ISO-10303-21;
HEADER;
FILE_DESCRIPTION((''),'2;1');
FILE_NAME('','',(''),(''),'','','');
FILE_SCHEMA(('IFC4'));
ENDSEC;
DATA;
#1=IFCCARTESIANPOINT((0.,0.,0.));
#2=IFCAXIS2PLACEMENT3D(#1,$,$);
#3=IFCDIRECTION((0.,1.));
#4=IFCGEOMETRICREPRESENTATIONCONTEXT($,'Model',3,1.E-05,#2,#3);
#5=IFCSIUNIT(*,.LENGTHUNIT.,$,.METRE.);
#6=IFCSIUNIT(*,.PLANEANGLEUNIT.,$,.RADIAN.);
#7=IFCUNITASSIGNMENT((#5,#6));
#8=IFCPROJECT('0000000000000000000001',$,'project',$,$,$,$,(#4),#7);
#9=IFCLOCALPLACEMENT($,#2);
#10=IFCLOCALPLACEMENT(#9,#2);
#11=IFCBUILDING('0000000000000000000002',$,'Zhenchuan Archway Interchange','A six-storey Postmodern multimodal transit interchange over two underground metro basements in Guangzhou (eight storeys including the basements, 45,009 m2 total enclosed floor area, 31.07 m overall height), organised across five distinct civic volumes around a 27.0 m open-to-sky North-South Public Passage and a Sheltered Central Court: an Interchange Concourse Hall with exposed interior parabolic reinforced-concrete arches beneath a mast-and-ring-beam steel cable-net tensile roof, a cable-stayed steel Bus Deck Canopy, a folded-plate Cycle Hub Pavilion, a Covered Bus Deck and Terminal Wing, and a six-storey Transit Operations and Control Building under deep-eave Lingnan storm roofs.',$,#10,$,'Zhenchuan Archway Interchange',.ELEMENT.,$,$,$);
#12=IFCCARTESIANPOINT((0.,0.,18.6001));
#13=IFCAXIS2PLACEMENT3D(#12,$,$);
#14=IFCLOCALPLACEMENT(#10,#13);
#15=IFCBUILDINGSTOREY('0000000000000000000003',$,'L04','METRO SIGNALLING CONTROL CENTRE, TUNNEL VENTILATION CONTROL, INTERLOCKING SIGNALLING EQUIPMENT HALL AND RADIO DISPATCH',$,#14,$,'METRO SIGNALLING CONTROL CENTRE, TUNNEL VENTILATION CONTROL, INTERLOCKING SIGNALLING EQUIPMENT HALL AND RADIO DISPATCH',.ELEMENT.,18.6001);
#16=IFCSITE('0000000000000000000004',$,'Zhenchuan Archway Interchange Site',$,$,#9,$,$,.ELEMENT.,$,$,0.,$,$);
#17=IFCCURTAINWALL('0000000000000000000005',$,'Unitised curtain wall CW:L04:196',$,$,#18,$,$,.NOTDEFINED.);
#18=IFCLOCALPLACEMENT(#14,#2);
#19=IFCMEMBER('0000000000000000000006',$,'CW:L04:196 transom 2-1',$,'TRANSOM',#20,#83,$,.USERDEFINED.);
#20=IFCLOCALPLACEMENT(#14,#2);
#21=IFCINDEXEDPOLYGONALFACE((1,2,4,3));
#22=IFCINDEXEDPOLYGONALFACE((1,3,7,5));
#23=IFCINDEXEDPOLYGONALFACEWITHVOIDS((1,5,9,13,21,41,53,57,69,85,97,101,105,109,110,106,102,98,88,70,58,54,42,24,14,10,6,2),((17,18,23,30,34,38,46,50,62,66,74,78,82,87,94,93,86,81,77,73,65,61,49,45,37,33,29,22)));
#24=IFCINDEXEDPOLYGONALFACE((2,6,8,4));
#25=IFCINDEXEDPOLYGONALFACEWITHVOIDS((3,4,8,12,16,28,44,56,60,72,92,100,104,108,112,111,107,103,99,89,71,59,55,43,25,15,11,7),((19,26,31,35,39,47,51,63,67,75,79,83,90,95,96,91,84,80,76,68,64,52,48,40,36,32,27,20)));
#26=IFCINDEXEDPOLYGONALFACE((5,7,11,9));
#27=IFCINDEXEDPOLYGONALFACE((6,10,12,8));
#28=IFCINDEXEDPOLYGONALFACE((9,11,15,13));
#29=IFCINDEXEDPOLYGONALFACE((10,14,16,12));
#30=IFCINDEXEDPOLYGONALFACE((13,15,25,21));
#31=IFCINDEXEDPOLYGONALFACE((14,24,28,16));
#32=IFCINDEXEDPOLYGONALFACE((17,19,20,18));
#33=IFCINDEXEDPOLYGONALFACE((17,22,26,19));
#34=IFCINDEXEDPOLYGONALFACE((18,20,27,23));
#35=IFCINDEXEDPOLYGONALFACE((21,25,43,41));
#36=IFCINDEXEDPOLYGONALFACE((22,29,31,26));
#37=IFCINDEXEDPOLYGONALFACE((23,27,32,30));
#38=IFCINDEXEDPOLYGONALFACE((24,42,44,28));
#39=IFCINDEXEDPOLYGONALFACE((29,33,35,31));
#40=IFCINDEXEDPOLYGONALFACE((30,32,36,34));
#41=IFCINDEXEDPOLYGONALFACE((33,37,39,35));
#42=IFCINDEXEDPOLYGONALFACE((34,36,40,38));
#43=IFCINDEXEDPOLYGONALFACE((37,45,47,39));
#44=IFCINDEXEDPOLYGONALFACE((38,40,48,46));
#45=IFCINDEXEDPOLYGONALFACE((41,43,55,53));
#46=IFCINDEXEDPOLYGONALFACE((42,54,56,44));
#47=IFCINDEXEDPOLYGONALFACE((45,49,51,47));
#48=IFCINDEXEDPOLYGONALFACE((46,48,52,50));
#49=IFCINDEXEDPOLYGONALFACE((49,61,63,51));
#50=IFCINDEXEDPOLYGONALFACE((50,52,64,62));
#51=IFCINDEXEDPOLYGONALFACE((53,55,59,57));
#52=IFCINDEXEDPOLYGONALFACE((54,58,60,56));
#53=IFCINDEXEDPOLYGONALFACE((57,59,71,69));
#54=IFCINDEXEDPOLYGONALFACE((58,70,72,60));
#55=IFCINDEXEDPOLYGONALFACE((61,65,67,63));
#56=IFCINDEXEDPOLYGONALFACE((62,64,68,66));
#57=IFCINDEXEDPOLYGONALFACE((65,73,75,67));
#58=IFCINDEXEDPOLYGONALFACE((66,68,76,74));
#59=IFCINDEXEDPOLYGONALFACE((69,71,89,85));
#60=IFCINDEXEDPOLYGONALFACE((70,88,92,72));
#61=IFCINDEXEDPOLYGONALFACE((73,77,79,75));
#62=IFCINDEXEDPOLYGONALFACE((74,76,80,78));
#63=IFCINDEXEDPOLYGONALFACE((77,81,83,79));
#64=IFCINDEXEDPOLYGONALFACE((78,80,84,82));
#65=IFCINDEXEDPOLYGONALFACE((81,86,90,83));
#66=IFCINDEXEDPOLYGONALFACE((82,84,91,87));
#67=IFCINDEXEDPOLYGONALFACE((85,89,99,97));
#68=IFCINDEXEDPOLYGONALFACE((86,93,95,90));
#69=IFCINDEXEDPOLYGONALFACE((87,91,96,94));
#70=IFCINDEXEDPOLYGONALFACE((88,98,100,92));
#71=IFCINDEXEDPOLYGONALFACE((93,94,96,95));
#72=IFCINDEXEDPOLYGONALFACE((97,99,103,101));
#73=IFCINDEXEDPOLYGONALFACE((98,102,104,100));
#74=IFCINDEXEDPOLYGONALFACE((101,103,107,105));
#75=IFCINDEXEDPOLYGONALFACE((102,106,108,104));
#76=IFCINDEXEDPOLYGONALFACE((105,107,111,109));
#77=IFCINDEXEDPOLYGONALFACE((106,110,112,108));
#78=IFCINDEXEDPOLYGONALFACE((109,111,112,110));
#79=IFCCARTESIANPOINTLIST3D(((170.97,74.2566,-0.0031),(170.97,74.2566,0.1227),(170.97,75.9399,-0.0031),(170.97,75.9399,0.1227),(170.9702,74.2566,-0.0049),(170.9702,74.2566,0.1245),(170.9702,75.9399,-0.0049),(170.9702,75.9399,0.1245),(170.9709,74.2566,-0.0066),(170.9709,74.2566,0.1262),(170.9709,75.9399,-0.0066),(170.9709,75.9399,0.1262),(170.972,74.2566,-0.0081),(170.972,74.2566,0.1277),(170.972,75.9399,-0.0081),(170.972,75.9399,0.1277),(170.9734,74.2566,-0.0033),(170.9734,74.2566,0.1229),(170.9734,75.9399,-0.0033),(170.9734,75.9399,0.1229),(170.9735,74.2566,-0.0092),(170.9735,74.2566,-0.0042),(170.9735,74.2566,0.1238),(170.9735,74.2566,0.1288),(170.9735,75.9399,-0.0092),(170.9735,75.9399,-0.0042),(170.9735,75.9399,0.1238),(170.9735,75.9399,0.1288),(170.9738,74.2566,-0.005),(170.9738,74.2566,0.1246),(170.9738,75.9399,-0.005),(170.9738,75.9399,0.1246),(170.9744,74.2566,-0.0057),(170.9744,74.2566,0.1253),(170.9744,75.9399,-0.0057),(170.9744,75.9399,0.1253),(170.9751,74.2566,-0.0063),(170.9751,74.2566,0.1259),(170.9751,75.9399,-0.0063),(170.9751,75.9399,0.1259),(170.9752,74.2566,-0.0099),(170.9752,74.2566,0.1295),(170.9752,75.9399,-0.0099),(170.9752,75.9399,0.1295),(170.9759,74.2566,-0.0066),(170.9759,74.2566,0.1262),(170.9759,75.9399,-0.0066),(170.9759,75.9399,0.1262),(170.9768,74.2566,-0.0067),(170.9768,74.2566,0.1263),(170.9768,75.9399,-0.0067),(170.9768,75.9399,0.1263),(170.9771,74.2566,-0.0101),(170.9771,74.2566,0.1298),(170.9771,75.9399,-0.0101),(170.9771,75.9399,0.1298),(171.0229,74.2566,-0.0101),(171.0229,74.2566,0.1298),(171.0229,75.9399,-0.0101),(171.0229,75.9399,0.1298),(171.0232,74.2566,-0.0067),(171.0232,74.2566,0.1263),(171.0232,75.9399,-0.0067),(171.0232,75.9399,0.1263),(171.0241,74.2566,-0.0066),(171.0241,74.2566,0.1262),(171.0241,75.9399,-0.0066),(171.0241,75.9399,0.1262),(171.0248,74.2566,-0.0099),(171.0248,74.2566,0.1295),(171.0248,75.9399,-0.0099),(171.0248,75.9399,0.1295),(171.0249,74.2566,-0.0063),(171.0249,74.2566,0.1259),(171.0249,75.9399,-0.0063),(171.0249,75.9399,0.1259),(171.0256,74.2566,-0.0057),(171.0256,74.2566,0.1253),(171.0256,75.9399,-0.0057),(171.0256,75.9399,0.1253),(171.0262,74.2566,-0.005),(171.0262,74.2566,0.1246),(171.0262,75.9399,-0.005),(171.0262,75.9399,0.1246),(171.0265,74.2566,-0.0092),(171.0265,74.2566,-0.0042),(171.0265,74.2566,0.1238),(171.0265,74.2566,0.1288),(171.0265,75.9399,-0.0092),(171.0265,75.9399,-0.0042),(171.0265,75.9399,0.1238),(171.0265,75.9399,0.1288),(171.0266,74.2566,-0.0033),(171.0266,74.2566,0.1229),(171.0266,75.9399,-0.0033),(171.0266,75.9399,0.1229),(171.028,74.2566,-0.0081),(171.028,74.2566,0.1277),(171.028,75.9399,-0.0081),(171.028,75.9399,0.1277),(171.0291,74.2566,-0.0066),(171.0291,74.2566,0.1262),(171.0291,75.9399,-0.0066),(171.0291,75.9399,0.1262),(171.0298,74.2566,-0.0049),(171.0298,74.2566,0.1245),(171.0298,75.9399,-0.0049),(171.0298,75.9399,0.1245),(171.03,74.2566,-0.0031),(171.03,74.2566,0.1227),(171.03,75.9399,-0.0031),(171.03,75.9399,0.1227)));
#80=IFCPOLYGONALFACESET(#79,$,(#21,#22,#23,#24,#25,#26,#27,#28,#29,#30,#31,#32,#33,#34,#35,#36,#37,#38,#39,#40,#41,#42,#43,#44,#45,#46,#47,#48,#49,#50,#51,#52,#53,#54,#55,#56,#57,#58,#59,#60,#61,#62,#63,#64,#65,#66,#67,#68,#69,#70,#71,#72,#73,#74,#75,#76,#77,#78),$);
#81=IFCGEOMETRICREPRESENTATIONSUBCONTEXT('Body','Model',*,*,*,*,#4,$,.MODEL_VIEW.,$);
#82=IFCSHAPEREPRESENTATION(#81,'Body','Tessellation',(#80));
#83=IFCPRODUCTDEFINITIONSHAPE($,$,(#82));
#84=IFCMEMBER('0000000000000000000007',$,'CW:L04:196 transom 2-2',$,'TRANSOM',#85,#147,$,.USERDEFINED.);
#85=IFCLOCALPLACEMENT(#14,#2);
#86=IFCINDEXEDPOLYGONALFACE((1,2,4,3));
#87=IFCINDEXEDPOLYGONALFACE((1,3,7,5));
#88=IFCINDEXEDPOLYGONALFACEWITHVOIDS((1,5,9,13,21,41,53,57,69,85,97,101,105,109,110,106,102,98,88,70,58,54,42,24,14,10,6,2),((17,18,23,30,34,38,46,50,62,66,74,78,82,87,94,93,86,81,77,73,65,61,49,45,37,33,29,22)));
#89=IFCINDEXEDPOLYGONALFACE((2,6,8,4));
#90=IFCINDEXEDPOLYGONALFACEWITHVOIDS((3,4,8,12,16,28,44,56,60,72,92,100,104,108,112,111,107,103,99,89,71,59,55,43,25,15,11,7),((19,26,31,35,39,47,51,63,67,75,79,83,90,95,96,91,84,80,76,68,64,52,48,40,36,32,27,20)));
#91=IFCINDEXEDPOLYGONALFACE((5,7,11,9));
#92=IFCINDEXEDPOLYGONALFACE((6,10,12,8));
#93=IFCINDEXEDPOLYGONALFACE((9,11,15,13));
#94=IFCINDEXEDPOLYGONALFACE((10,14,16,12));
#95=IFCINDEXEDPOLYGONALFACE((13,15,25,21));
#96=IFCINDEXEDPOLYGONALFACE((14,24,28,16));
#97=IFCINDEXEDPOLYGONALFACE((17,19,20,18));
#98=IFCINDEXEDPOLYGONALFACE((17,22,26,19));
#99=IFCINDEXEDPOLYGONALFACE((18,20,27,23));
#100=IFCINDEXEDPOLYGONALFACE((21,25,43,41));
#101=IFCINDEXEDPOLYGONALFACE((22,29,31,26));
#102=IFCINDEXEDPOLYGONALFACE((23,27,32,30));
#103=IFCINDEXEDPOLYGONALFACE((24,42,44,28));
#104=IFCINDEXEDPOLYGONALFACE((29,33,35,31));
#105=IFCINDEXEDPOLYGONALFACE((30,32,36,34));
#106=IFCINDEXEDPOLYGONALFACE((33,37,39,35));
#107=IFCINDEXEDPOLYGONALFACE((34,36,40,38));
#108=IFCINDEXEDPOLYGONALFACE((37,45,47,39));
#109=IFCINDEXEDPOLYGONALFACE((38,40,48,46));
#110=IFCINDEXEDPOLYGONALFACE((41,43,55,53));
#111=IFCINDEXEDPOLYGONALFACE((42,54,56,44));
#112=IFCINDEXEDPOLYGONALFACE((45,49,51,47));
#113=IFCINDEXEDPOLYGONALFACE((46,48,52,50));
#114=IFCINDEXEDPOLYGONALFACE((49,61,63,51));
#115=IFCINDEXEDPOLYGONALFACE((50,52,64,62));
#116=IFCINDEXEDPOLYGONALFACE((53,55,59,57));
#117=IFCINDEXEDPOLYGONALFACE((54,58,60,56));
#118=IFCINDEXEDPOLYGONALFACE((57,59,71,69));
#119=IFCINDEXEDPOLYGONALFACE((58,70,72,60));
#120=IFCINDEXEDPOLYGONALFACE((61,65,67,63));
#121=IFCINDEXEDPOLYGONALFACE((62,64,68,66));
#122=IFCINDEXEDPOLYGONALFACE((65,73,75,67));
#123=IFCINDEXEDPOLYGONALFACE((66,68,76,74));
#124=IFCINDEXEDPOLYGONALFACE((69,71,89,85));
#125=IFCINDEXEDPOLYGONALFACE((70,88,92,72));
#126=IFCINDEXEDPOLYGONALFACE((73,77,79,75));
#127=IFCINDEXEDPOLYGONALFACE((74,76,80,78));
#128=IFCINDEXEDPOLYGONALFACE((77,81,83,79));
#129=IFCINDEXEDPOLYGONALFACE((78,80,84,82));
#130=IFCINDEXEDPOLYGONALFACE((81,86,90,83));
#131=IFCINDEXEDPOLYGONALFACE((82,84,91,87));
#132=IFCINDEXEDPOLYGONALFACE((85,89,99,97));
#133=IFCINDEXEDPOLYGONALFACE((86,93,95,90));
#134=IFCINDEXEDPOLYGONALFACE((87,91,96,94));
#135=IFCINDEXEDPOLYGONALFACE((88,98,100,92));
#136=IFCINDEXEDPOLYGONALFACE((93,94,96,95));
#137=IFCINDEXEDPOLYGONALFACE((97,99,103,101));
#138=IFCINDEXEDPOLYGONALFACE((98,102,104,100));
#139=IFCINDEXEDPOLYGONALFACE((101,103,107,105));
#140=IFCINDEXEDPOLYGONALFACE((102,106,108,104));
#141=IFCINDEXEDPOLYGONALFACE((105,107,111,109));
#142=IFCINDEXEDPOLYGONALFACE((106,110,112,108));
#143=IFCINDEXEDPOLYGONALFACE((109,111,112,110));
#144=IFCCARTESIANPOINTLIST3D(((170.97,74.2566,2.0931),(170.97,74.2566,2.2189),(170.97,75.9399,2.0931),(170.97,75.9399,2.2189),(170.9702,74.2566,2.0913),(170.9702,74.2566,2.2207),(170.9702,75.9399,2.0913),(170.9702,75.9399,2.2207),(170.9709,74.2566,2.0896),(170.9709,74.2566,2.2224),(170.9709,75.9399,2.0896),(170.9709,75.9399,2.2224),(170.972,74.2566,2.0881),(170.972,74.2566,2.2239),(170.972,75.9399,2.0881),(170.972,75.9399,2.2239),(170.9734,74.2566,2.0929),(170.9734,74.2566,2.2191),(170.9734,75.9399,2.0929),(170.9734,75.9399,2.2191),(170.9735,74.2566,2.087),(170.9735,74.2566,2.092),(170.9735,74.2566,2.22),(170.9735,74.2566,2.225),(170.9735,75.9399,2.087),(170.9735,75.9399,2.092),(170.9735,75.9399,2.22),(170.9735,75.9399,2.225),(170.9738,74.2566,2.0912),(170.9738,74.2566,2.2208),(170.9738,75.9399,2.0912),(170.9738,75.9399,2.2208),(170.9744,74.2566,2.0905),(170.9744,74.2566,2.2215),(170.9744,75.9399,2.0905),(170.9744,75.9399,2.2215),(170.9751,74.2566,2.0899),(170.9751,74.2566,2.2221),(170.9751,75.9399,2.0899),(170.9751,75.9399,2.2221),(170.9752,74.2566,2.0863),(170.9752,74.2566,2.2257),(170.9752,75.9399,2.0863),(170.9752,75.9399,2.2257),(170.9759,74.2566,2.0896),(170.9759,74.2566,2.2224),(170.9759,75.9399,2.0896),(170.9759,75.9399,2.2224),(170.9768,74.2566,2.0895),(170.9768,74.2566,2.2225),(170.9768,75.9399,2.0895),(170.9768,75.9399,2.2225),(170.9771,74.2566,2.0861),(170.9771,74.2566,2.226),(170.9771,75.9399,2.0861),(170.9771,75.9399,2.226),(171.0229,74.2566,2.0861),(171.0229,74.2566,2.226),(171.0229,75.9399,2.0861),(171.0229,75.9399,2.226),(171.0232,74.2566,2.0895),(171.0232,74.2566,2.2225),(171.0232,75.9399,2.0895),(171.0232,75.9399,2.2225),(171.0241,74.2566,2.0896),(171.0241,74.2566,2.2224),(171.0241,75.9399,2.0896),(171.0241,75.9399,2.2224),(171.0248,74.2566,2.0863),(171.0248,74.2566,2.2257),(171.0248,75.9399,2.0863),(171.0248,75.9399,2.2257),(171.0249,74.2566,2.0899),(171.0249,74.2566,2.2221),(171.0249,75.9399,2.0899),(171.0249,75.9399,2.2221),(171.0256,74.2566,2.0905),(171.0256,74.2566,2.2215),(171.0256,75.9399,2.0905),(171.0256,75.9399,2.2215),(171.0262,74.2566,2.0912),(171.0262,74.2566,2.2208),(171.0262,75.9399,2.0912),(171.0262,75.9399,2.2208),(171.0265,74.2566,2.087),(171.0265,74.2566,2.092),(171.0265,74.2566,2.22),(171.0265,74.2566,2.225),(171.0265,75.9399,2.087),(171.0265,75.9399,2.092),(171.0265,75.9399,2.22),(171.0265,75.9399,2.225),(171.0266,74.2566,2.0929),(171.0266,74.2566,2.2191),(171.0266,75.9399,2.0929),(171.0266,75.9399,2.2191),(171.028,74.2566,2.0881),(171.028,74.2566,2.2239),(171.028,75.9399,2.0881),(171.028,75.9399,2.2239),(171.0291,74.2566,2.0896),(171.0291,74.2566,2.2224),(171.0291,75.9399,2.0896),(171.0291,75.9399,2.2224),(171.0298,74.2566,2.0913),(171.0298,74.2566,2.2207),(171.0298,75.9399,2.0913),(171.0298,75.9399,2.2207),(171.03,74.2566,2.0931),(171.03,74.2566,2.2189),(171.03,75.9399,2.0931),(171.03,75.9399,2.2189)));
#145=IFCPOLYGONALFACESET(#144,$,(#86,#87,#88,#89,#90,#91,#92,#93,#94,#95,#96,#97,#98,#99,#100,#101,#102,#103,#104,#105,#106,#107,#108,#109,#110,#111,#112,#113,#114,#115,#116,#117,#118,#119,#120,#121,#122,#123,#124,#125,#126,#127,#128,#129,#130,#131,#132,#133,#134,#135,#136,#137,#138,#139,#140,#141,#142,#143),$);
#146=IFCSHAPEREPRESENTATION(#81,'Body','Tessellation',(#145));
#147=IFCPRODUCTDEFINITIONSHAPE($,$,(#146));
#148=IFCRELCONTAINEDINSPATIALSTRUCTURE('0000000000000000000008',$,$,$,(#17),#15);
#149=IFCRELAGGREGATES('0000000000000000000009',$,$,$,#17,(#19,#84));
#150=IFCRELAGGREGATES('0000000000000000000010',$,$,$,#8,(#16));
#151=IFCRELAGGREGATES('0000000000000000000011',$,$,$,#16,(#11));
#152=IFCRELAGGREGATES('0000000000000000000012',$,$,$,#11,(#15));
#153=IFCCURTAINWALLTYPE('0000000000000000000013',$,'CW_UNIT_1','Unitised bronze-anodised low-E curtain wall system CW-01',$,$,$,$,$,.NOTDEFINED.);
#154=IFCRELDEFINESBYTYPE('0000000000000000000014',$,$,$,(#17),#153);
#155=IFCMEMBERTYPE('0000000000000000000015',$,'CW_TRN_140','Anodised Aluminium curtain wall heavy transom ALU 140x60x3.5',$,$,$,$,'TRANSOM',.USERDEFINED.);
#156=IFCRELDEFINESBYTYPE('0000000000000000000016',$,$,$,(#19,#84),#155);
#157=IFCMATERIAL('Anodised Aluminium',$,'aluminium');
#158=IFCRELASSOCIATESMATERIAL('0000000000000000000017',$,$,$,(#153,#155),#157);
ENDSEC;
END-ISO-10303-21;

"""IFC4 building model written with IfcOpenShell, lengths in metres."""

from ifc_helpers import new_model, si_unit, direction, frame, origin, origin_2d, place, context, subcontext, project, spatial, hollow_rectangle, extrude, material, material_profile, profile_set, type_object, element, aggregate, save


model = new_model("IFC4")

# Units and contexts
model_context = context("Model", 3, precision=1e-05, world=origin(), true_north=direction((0.0, 1.0)))
body_context = subcontext(model_context, "Body", "Model", "MODEL_VIEW")
ifc_project = project(units=[si_unit("LENGTHUNIT", "METRE"), si_unit("PLANEANGLEUNIT", "RADIAN")], contexts=[model_context])

# Site, building, storey
site_placement = place(None, origin())
site = spatial("IfcSite", under=ifc_project, at=site_placement, Name="Zhenchuan Archway Interchange Site", CompositionType="ELEMENT", RefElevation=0.0)
building_placement = place(site_placement, origin())
building = spatial("IfcBuilding", under=site, at=building_placement, Name="Zhenchuan Archway Interchange", Description="A six-storey Postmodern multimodal transit interchange over two underground metro basements in Guangzhou (eight storeys including the basements, 45,009 m2 total enclosed floor area, 31.07 m overall height), organised across five distinct civic volumes around a 27.0 m open-to-sky North-South Public Passage and a Sheltered Central Court: an Interchange Concourse Hall with exposed interior parabolic reinforced-concrete arches beneath a mast-and-ring-beam steel cable-net tensile roof, a cable-stayed steel Bus Deck Canopy, a folded-plate Cycle Hub Pavilion, a Covered Bus Deck and Terminal Wing, and a six-storey Transit Operations and Control Building under deep-eave Lingnan storm roofs.", LongName="Zhenchuan Archway Interchange", CompositionType="ELEMENT")
storey_placement = place(building_placement, frame((0.0, 0.0, 18.6001)))
storey = spatial("IfcBuildingStorey", under=building, at=storey_placement, Name="L04", Description="METRO SIGNALLING CONTROL CENTRE, TUNNEL VENTILATION CONTROL, INTERLOCKING SIGNALLING EQUIPMENT HALL AND RADIO DISPATCH", LongName="METRO SIGNALLING CONTROL CENTRE, TUNNEL VENTILATION CONTROL, INTERLOCKING SIGNALLING EQUIPMENT HALL AND RADIO DISPATCH", CompositionType="ELEMENT", Elevation=18.6001)

# Curtain wall, members
ifc_material_1 = material(Name="Anodised Aluminium", Category="aluminium")
curtain_wall_type = type_object("IfcCurtainWallType", Name="CW_UNIT_1", Description="Unitised bronze-anodised low-E curtain wall system CW-01", PredefinedType="NOTDEFINED", material=ifc_material_1)
curtain_wall_placement = place(storey_placement, origin())
curtain_wall = element("IfcCurtainWall", 1, at=curtain_wall_placement, inside=storey, type_object=curtain_wall_type, Name="Unitised curtain wall CW:L04:196", PredefinedType="NOTDEFINED")
ifc_material_profile_1 = material_profile(ifc_material_1, hollow_rectangle(XDim=0.0601, YDim=0.1399, WallThickness=0.0034, InnerFilletRadius=0.0034, OuterFilletRadius=0.0071, at=origin_2d()), Name="ALU 140x60x3.5")
ifc_profile_set_1 = profile_set([ifc_material_profile_1], Name="Anodised Aluminium")
member_type_1 = type_object("IfcMemberType", Name="CW_TRN_140", Description="Anodised Aluminium curtain wall heavy transom ALU 140x60x3.5", ElementType="TRANSOM", PredefinedType="USERDEFINED", material=ifc_profile_set_1)
member_1_placement = place(storey_placement, frame((171.0, 75.9399, 0.0598), z_axis=(0.0, -1.0, 0.0), x_axis=(1.0, 0.0, 0.0)))
member_1 = element("IfcMember", 2, at=member_1_placement, type_object=member_type_1, Name="CW:L04:196 transom 2-1", ObjectType="TRANSOM", PredefinedType="USERDEFINED", context=body_context, shape_type="SweptSolid", body=[
    extrude(hollow_rectangle(XDim=0.0601, YDim=0.1399, WallThickness=0.0034, InnerFilletRadius=0.0034, OuterFilletRadius=0.0071, at=origin_2d()), origin(), (0.0, 0.0, 1.0), 1.6833),
])
member_2_placement = place(storey_placement, frame((171.0, 75.9399, 2.156), z_axis=(0.0, -1.0, 0.0), x_axis=(1.0, 0.0, 0.0)))
member_2 = element("IfcMember", 3, at=member_2_placement, type_object=member_type_1, Name="CW:L04:196 transom 2-2", ObjectType="TRANSOM", PredefinedType="USERDEFINED", context=body_context, shape_type="SweptSolid", body=[
    extrude(hollow_rectangle(XDim=0.0601, YDim=0.1399, WallThickness=0.0034, InnerFilletRadius=0.0034, OuterFilletRadius=0.0071, at=origin_2d()), origin(), (0.0, 0.0, 1.0), 1.6833),
])
aggregate(curtain_wall, [member_1, member_2])

save(model, "model.ifc")
